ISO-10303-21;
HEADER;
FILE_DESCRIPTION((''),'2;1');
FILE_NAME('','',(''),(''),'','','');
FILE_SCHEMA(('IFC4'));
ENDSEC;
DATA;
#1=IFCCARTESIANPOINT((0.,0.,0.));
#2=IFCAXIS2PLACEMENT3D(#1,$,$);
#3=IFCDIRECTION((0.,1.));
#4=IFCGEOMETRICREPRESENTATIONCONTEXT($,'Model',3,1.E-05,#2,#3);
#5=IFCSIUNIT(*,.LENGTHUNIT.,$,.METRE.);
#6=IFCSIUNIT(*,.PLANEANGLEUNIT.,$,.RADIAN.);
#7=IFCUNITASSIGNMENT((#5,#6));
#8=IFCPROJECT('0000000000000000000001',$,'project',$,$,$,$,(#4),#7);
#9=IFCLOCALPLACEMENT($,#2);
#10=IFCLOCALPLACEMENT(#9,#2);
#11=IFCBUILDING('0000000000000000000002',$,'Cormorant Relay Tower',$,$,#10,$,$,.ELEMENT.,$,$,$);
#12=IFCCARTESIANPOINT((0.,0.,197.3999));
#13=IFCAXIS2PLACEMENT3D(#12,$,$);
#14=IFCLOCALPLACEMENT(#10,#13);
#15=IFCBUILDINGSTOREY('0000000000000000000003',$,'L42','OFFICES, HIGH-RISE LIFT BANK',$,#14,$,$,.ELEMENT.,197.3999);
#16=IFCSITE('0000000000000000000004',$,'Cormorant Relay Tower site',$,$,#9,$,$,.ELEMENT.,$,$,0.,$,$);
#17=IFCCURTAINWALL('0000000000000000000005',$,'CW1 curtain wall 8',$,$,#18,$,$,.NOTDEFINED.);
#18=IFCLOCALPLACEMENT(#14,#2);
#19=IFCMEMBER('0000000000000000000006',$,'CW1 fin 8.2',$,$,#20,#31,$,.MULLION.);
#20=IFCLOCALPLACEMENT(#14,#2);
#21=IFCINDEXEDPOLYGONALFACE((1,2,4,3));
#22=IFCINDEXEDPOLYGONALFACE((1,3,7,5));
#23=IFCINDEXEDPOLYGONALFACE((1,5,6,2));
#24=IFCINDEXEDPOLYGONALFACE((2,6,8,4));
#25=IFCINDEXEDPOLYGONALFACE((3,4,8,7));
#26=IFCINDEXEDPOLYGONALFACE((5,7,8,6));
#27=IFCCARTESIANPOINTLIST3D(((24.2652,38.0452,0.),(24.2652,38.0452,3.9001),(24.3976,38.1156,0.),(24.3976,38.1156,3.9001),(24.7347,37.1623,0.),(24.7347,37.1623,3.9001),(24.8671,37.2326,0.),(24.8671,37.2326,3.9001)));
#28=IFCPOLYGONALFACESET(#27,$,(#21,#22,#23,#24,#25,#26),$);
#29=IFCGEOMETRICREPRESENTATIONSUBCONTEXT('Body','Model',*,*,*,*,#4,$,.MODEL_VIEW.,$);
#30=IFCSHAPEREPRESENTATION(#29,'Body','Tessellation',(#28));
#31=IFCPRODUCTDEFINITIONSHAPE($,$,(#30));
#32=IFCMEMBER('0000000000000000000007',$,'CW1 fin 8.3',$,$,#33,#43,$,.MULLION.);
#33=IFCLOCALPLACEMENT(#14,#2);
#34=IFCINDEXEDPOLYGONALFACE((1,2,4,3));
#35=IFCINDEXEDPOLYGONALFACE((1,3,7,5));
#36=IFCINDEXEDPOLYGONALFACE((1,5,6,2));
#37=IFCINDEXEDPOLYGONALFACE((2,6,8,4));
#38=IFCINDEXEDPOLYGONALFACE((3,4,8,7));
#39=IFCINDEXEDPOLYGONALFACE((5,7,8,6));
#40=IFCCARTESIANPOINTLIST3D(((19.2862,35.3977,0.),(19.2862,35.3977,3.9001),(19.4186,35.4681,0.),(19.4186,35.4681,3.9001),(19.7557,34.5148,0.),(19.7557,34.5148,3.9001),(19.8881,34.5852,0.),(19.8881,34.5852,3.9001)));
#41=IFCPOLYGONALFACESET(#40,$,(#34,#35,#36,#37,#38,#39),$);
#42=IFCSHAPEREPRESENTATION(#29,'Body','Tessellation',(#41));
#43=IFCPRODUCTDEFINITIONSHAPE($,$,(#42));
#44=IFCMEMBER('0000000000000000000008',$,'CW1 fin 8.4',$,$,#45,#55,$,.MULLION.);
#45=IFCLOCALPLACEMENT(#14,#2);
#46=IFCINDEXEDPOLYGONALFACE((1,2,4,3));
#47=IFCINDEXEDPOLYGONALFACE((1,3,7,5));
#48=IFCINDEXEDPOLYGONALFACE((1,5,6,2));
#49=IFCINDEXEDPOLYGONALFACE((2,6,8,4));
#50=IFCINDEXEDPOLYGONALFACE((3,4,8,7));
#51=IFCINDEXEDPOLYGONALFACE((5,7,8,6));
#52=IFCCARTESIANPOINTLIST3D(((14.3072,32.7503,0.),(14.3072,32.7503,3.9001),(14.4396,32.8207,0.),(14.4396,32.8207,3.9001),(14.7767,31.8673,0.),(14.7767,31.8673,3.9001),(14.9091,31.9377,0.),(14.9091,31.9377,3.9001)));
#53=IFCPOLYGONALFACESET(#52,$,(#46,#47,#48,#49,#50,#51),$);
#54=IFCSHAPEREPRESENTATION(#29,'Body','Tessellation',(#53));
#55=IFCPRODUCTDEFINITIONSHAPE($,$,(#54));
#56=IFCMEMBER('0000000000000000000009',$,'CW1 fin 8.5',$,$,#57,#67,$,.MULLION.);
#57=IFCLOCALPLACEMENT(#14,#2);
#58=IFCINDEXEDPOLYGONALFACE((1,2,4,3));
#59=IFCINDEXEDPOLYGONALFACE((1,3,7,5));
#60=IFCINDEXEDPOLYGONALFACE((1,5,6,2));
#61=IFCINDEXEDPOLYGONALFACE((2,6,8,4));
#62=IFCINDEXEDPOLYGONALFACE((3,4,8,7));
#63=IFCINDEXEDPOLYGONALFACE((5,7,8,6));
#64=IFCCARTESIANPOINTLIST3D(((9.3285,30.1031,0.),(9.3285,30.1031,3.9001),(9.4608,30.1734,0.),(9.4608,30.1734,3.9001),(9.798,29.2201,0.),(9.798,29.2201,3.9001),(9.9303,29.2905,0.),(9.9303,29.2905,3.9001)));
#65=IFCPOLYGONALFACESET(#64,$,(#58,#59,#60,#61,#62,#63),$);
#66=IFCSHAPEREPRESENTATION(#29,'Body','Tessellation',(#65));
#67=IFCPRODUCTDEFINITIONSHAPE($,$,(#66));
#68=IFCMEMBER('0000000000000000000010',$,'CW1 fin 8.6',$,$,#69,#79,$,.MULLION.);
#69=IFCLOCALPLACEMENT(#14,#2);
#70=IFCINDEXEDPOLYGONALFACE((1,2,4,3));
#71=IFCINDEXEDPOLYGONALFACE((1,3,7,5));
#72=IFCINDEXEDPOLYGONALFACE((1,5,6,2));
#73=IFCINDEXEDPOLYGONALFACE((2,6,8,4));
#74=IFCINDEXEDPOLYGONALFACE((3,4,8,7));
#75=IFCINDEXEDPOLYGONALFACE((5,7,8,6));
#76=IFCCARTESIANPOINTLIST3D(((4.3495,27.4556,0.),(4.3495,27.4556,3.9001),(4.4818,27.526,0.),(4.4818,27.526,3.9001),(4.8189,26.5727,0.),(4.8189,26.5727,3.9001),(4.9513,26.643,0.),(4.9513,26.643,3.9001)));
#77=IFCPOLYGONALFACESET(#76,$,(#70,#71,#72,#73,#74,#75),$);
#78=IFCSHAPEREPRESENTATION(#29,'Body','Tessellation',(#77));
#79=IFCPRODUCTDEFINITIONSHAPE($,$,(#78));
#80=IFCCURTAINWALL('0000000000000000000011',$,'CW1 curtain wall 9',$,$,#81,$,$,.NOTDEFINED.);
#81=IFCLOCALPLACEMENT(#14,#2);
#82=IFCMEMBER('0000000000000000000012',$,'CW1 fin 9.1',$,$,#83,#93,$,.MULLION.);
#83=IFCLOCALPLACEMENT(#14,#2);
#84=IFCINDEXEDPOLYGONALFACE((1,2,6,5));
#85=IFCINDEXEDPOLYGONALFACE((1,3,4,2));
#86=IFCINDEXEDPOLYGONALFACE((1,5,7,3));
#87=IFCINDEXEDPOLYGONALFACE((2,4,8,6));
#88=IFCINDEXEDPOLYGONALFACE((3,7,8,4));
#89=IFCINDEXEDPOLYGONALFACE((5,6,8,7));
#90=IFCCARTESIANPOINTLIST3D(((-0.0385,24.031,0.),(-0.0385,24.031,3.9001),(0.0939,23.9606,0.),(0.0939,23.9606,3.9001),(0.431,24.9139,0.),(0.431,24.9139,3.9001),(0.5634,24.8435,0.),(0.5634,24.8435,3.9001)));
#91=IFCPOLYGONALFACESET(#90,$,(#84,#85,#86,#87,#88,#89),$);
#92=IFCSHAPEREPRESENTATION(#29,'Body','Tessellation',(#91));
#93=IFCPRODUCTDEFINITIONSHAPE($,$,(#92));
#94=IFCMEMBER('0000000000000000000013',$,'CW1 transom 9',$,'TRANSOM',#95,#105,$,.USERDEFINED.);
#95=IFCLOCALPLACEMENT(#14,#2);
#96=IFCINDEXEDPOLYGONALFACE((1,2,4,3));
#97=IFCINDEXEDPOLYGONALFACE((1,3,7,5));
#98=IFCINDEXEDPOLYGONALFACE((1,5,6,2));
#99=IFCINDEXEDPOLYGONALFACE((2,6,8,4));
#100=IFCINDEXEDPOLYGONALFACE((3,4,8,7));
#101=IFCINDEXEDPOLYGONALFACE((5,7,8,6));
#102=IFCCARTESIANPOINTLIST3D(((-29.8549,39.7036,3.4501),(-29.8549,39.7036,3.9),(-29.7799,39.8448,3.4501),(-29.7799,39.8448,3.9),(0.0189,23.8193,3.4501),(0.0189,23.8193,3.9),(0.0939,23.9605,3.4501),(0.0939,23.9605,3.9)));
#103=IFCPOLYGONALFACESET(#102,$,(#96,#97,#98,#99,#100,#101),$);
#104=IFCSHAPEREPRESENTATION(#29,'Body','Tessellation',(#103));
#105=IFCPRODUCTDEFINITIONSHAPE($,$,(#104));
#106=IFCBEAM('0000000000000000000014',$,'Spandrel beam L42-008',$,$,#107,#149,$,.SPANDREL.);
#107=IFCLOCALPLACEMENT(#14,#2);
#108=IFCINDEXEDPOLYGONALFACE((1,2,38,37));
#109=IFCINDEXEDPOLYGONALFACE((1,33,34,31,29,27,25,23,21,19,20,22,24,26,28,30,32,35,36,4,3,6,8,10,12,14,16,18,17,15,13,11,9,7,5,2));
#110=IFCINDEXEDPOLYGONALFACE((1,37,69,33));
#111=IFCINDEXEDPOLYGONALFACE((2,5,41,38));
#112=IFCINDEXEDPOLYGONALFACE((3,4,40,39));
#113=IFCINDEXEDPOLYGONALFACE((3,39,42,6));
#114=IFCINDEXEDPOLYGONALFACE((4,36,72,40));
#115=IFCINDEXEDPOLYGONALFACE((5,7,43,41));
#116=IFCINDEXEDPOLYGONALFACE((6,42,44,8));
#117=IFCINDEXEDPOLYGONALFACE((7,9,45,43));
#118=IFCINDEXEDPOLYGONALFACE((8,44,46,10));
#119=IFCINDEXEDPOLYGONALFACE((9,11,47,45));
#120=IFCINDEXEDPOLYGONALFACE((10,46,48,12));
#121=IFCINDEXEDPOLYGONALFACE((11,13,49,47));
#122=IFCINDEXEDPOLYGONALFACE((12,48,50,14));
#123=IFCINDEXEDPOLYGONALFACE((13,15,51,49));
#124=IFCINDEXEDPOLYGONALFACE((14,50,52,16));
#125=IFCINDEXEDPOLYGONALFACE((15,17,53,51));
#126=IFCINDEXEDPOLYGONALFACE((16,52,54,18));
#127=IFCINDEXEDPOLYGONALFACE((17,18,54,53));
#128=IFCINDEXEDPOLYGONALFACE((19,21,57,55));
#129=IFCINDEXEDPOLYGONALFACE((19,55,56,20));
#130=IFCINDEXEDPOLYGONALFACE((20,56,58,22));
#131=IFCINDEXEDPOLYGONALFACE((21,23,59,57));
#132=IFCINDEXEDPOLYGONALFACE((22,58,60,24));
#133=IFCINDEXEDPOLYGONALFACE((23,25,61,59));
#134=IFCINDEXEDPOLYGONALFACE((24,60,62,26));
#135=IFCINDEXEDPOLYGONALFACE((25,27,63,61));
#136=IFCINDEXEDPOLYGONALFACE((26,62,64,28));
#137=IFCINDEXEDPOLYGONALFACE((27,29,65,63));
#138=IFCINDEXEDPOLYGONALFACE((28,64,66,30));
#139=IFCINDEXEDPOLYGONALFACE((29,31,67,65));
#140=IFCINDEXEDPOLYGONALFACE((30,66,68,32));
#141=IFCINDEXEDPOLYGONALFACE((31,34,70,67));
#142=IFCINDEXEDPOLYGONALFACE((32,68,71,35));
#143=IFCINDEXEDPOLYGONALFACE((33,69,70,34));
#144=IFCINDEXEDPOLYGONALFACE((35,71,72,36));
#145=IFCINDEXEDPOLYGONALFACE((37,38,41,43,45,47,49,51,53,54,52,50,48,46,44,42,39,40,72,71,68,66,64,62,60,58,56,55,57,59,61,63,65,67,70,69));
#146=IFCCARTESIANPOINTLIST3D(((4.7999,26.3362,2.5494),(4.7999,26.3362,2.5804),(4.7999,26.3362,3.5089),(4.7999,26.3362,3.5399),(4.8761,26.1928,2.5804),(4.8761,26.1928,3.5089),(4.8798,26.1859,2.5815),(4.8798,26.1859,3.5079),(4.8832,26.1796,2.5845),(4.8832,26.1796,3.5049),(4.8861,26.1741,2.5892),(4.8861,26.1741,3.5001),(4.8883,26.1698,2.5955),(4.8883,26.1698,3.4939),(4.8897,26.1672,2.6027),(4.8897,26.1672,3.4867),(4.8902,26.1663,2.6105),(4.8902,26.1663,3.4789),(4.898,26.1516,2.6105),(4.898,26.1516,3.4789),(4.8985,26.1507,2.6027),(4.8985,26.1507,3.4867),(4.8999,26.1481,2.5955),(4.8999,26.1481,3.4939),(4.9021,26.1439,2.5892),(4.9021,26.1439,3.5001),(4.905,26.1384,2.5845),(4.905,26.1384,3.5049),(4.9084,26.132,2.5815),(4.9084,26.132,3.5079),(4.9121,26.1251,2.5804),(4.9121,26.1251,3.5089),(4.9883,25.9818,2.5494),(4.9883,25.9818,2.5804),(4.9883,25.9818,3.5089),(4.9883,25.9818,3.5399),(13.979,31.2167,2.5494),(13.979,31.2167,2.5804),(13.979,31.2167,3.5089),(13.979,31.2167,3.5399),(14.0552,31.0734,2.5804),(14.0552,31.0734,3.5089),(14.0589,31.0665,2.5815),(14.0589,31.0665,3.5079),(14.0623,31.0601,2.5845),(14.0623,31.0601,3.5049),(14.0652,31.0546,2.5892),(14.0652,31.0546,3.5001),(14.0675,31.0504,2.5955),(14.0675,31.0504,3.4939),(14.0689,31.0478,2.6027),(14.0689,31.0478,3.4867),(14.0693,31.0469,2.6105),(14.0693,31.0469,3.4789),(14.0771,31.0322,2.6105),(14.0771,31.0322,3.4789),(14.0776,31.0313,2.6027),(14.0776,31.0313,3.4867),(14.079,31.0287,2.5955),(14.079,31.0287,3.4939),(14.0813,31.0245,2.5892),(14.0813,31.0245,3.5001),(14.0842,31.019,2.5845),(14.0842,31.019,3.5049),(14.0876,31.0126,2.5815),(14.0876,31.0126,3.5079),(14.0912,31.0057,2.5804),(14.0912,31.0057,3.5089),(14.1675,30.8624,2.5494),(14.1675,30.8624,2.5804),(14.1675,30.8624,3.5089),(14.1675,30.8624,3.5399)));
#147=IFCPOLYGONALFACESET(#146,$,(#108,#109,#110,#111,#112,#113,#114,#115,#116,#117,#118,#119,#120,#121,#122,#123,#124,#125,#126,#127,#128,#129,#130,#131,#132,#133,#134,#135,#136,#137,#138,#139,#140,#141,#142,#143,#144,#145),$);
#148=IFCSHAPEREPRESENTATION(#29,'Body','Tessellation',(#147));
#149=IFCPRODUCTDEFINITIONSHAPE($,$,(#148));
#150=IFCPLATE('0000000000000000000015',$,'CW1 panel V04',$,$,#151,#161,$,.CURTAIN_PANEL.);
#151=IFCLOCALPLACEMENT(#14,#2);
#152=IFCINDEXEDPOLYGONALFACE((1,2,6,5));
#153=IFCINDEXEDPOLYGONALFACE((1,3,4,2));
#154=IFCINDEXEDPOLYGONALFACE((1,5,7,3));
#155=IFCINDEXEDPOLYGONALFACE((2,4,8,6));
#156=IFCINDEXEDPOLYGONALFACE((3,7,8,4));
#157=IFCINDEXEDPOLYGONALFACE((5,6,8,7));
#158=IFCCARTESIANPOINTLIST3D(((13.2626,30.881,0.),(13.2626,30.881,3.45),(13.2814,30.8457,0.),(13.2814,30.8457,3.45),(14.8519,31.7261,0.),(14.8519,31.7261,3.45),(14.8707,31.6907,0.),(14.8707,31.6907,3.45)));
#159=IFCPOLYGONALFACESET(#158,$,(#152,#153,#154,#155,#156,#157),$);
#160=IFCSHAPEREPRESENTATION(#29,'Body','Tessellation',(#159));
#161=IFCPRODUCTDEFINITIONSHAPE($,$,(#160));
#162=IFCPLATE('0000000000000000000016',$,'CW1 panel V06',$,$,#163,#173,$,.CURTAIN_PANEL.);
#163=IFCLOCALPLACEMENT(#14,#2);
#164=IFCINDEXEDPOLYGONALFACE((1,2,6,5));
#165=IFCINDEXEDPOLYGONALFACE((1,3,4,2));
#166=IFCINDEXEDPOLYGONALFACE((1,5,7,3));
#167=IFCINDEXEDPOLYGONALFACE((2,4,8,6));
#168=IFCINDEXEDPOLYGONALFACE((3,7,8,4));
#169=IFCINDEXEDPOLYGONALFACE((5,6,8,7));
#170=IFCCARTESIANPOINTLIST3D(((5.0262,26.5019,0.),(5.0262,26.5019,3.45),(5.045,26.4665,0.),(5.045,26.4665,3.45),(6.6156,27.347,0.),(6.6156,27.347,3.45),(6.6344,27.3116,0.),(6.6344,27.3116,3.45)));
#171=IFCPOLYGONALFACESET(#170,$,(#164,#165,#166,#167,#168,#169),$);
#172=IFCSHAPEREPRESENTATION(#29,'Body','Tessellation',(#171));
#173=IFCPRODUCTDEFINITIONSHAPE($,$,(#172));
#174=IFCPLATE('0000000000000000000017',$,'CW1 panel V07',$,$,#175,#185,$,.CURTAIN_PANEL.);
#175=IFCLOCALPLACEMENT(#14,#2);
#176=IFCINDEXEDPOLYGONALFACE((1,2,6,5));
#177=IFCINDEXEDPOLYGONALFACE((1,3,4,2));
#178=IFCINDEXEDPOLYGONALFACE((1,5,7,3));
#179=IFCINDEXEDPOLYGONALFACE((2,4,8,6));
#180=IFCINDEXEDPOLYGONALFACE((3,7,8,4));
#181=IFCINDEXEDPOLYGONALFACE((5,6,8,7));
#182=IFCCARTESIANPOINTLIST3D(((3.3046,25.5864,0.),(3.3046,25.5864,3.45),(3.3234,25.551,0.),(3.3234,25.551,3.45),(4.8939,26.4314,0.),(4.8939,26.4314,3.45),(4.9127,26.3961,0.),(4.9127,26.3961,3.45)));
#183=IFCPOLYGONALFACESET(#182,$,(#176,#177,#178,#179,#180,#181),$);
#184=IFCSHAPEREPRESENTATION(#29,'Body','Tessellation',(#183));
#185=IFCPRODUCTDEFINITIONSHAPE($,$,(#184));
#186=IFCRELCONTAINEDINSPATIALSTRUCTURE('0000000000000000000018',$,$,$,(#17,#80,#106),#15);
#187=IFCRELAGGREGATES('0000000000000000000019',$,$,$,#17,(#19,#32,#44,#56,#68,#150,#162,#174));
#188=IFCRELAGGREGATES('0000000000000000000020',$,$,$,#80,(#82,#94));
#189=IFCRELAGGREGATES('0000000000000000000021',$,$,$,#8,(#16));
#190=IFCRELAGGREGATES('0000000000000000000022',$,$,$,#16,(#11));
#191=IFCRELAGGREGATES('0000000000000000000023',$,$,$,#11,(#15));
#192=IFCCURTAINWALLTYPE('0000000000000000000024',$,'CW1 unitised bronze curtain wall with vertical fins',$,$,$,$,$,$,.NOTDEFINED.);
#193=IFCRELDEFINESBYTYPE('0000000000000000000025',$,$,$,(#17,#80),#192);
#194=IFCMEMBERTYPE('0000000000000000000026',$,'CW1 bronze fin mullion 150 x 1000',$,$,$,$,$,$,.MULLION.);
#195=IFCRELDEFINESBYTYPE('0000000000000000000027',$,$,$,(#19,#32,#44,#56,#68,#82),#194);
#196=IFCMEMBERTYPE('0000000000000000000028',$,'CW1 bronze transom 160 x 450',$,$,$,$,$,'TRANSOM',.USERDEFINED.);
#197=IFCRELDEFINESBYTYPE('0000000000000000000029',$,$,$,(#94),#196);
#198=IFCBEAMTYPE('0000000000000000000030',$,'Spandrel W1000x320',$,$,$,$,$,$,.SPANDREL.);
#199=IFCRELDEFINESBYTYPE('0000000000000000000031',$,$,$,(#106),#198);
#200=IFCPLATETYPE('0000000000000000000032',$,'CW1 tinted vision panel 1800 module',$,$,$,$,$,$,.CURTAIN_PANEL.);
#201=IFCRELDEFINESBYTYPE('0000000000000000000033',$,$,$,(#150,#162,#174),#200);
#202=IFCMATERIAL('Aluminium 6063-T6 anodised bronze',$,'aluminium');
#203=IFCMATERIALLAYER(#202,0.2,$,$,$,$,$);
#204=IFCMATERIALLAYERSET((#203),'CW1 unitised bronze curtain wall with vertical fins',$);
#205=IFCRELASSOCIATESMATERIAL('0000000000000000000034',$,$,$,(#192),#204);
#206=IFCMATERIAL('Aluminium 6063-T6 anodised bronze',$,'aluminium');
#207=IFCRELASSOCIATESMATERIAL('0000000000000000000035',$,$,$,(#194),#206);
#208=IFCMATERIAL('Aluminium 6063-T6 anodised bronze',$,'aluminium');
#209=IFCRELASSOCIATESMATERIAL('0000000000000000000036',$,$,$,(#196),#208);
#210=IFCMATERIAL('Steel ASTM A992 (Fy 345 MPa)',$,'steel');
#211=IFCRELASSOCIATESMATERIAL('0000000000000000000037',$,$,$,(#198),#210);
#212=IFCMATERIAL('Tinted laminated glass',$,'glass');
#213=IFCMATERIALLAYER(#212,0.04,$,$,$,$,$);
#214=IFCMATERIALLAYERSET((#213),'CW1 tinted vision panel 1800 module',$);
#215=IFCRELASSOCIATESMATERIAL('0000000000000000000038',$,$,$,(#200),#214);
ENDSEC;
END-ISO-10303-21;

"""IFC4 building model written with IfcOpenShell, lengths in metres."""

from ifc_helpers import new_model, si_unit, direction, frame, origin, origin_2d, place, context, subcontext, project, spatial, rectangle, i_section, extrude, material, layer, layer_set, material_profile, profile_set, type_object, element, aggregate, save


model = new_model("IFC4")

# Units and contexts
model_context = context("Model", 3, precision=1e-05, world=origin(), true_north=direction((0.0, 1.0)))
body_context = subcontext(model_context, "Body", "Model", "MODEL_VIEW")
ifc_project = project(units=[si_unit("LENGTHUNIT", "METRE"), si_unit("PLANEANGLEUNIT", "RADIAN")], contexts=[model_context])

# Site, building, storey
site_placement = place(None, origin())
site = spatial("IfcSite", under=ifc_project, at=site_placement, Name="Cormorant Relay Tower site", CompositionType="ELEMENT", RefElevation=0.0)
building_placement = place(site_placement, origin())
building = spatial("IfcBuilding", under=site, at=building_placement, Name="Cormorant Relay Tower", CompositionType="ELEMENT")
storey_placement = place(building_placement, frame((0.0, 0.0, 197.3999)))
storey = spatial("IfcBuildingStorey", under=building, at=storey_placement, Name="L42", Description="OFFICES, HIGH-RISE LIFT BANK", CompositionType="ELEMENT", Elevation=197.3999)

# Curtain walls, members
ifc_material_1 = material(Name="Aluminium 6063-T6 anodised bronze", Category="aluminium")
ifc_layer_1 = layer(ifc_material_1, 0.2)
ifc_layer_set_1 = layer_set([ifc_layer_1], Name="CW1 unitised bronze curtain wall with vertical fins")
curtain_wall_type = type_object("IfcCurtainWallType", Name="CW1 unitised bronze curtain wall with vertical fins", PredefinedType="NOTDEFINED", material=ifc_layer_set_1)
curtain_wall_1_placement = place(storey_placement, origin())
curtain_wall_1 = element("IfcCurtainWall", 1, at=curtain_wall_1_placement, inside=storey, type_object=curtain_wall_type, Name="CW1 curtain wall 8", PredefinedType="NOTDEFINED")
ifc_material_2 = material(Name="Aluminium 6063-T6 anodised bronze", Category="aluminium")
ifc_material_profile_1 = material_profile(ifc_material_2, rectangle(XDim=0.1499, YDim=1.0, at=origin_2d()), Name="AL 150x1000")
ifc_profile_set_1 = profile_set([ifc_material_profile_1], Name="Aluminium 6063-T6 anodised bronze")
member_type_1 = type_object("IfcMemberType", Name="CW1 bronze fin mullion 150 x 1000", PredefinedType="MULLION", material=ifc_profile_set_1)
member_1_placement = place(storey_placement, frame((24.5662, 37.6389, 0.0), z_axis=(0.0, 0.0, 1.0), x_axis=(-0.882948, -0.469472, 0.0)))
member_1 = element("IfcMember", 2, at=member_1_placement, type_object=member_type_1, Name="CW1 fin 8.2", PredefinedType="MULLION", context=body_context, shape_type="SweptSolid", body=[
    extrude(rectangle(XDim=0.1499, YDim=1.0, at=origin_2d()), origin(), (0.0, 0.0, 1.0), 3.9001),
])
member_2_placement = place(storey_placement, frame((19.5872, 34.9915, 0.0), z_axis=(0.0, 0.0, 1.0), x_axis=(-0.882948, -0.469472, 0.0)))
member_2 = element("IfcMember", 3, at=member_2_placement, type_object=member_type_1, Name="CW1 fin 8.3", PredefinedType="MULLION", context=body_context, shape_type="SweptSolid", body=[
    extrude(rectangle(XDim=0.1499, YDim=1.0, at=origin_2d()), origin(), (0.0, 0.0, 1.0), 3.9001),
])
member_3_placement = place(storey_placement, frame((14.6082, 32.344, 0.0), z_axis=(0.0, 0.0, 1.0), x_axis=(-0.882948, -0.469472, 0.0)))
member_3 = element("IfcMember", 4, at=member_3_placement, type_object=member_type_1, Name="CW1 fin 8.4", PredefinedType="MULLION", context=body_context, shape_type="SweptSolid", body=[
    extrude(rectangle(XDim=0.1499, YDim=1.0, at=origin_2d()), origin(), (0.0, 0.0, 1.0), 3.9001),
])
member_4_placement = place(storey_placement, frame((9.6294, 29.6968, 0.0), z_axis=(0.0, 0.0, 1.0), x_axis=(-0.882948, -0.469472, 0.0)))
member_4 = element("IfcMember", 5, at=member_4_placement, type_object=member_type_1, Name="CW1 fin 8.5", PredefinedType="MULLION", context=body_context, shape_type="SweptSolid", body=[
    extrude(rectangle(XDim=0.1499, YDim=1.0, at=origin_2d()), origin(), (0.0, 0.0, 1.0), 3.9001),
])
member_5_placement = place(storey_placement, frame((4.6504, 27.0493, 0.0), z_axis=(0.0, 0.0, 1.0), x_axis=(-0.882948, -0.469472, 0.0)))
member_5 = element("IfcMember", 6, at=member_5_placement, type_object=member_type_1, Name="CW1 fin 8.6", PredefinedType="MULLION", context=body_context, shape_type="SweptSolid", body=[
    extrude(rectangle(XDim=0.1499, YDim=1.0, at=origin_2d()), origin(), (0.0, 0.0, 1.0), 3.9001),
])
curtain_wall_2_placement = place(storey_placement, origin())
curtain_wall_2 = element("IfcCurtainWall", 7, at=curtain_wall_2_placement, inside=storey, type_object=curtain_wall_type, Name="CW1 curtain wall 9", PredefinedType="NOTDEFINED")
member_6_placement = place(storey_placement, frame((0.2625, 24.4373, 0.0), z_axis=(0.0, 0.0, 1.0), x_axis=(-0.882948, 0.469472, 0.0)))
member_6 = element("IfcMember", 8, at=member_6_placement, type_object=member_type_1, Name="CW1 fin 9.1", PredefinedType="MULLION", context=body_context, shape_type="SweptSolid", body=[
    extrude(rectangle(XDim=0.1499, YDim=1.0, at=origin_2d()), origin(), (0.0, 0.0, 1.0), 3.9001),
])
ifc_material_3 = material(Name="Aluminium 6063-T6 anodised bronze", Category="aluminium")
ifc_material_profile_2 = material_profile(ifc_material_3, rectangle(XDim=0.1599, YDim=0.45, at=origin_2d()), Name="AL 160x450")
ifc_profile_set_2 = profile_set([ifc_material_profile_2], Name="Aluminium 6063-T6 anodised bronze")
member_type_2 = type_object("IfcMemberType", Name="CW1 bronze transom 160 x 450", ElementType="TRANSOM", PredefinedType="USERDEFINED", material=ifc_profile_set_2)
member_7_placement = place(storey_placement, frame((0.0564, 23.8899, 3.675), z_axis=(-0.882946, 0.469474, 0.0), x_axis=(-0.469474, -0.882946, 0.0)))
member_7 = element("IfcMember", 9, at=member_7_placement, type_object=member_type_2, Name="CW1 transom 9", ObjectType="TRANSOM", PredefinedType="USERDEFINED", context=body_context, shape_type="SweptSolid", body=[
    extrude(rectangle(XDim=0.1599, YDim=0.45, at=origin_2d()), origin(), (0.0, 0.0, 1.0), 33.8342),
])

# Beam
ifc_material_4 = material(Name="Steel ASTM A992 (Fy 345 MPa)", Category="steel")
ifc_material_profile_3 = material_profile(ifc_material_4, i_section(OverallWidth=0.4014, OverallDepth=0.9905, WebThickness=0.0166, FlangeThickness=0.031, FilletRadius=0.03, at=origin_2d()), Name="W1000x320")
ifc_profile_set_3 = profile_set([ifc_material_profile_3], Name="Steel ASTM A992 (Fy 345 MPa)")
beam_type = type_object("IfcBeamType", Name="Spandrel W1000x320", PredefinedType="SPANDREL", material=ifc_profile_set_3)
beam_placement = place(storey_placement, frame((14.0732, 31.0396, 3.0447), z_axis=(-0.88295, -0.469468, 0.0), x_axis=(0.469468, -0.88295, 0.0)))
element("IfcBeam", 10, at=beam_placement, inside=storey, type_object=beam_type, Name="Spandrel beam L42-008", PredefinedType="SPANDREL", context=body_context, shape_type="SweptSolid", body=[
    extrude(i_section(OverallWidth=0.4014, OverallDepth=0.9905, WebThickness=0.0166, FlangeThickness=0.031, FilletRadius=0.03, at=origin_2d()), origin(), (0.0, 0.0, 1.0), 10.396),
])

# Plates
ifc_material_5 = material(Name="Tinted laminated glass", Category="glass")
ifc_layer_2 = layer(ifc_material_5, 0.04)
ifc_layer_set_2 = layer_set([ifc_layer_2], Name="CW1 tinted vision panel 1800 module")
plate_type_1 = type_object("IfcPlateType", Name="CW1 tinted vision panel 1800 module", PredefinedType="CURTAIN_PANEL", material=ifc_layer_set_2)
plate_1_placement = place(storey_placement, frame((14.0667, 31.2859, 0.0), z_axis=(0.0, 0.0, 1.0), x_axis=(-0.882948, -0.469472, 0.0)))
plate_1 = element("IfcPlate", 11, at=plate_1_placement, type_object=plate_type_1, Name="CW1 panel V04", PredefinedType="CURTAIN_PANEL", context=body_context, shape_type="SweptSolid", body=[
    extrude(rectangle(XDim=1.8, YDim=0.04, at=origin_2d()), origin(), (0.0, 0.0, 1.0), 3.45),
])
plate_2_placement = place(storey_placement, frame((5.8303, 26.9067, 0.0), z_axis=(0.0, 0.0, 1.0), x_axis=(-0.882948, -0.469472, 0.0)))
plate_2 = element("IfcPlate", 12, at=plate_2_placement, type_object=plate_type_1, Name="CW1 panel V06", PredefinedType="CURTAIN_PANEL", context=body_context, shape_type="SweptSolid", body=[
    extrude(rectangle(XDim=1.8, YDim=0.04, at=origin_2d()), origin(), (0.0, 0.0, 1.0), 3.45),
])
plate_3_placement = place(storey_placement, frame((4.1086, 25.9912, 0.0), z_axis=(0.0, 0.0, 1.0), x_axis=(-0.882948, -0.469472, 0.0)))
plate_3 = element("IfcPlate", 13, at=plate_3_placement, type_object=plate_type_1, Name="CW1 panel V07", PredefinedType="CURTAIN_PANEL", context=body_context, shape_type="SweptSolid", body=[
    extrude(rectangle(XDim=1.8, YDim=0.04, at=origin_2d()), origin(), (0.0, 0.0, 1.0), 3.45),
])

aggregate(curtain_wall_1, [member_1, member_2, member_3, member_4, member_5, plate_1, plate_2, plate_3])
aggregate(curtain_wall_2, [member_6, member_7])

save(model, "model.ifc")
